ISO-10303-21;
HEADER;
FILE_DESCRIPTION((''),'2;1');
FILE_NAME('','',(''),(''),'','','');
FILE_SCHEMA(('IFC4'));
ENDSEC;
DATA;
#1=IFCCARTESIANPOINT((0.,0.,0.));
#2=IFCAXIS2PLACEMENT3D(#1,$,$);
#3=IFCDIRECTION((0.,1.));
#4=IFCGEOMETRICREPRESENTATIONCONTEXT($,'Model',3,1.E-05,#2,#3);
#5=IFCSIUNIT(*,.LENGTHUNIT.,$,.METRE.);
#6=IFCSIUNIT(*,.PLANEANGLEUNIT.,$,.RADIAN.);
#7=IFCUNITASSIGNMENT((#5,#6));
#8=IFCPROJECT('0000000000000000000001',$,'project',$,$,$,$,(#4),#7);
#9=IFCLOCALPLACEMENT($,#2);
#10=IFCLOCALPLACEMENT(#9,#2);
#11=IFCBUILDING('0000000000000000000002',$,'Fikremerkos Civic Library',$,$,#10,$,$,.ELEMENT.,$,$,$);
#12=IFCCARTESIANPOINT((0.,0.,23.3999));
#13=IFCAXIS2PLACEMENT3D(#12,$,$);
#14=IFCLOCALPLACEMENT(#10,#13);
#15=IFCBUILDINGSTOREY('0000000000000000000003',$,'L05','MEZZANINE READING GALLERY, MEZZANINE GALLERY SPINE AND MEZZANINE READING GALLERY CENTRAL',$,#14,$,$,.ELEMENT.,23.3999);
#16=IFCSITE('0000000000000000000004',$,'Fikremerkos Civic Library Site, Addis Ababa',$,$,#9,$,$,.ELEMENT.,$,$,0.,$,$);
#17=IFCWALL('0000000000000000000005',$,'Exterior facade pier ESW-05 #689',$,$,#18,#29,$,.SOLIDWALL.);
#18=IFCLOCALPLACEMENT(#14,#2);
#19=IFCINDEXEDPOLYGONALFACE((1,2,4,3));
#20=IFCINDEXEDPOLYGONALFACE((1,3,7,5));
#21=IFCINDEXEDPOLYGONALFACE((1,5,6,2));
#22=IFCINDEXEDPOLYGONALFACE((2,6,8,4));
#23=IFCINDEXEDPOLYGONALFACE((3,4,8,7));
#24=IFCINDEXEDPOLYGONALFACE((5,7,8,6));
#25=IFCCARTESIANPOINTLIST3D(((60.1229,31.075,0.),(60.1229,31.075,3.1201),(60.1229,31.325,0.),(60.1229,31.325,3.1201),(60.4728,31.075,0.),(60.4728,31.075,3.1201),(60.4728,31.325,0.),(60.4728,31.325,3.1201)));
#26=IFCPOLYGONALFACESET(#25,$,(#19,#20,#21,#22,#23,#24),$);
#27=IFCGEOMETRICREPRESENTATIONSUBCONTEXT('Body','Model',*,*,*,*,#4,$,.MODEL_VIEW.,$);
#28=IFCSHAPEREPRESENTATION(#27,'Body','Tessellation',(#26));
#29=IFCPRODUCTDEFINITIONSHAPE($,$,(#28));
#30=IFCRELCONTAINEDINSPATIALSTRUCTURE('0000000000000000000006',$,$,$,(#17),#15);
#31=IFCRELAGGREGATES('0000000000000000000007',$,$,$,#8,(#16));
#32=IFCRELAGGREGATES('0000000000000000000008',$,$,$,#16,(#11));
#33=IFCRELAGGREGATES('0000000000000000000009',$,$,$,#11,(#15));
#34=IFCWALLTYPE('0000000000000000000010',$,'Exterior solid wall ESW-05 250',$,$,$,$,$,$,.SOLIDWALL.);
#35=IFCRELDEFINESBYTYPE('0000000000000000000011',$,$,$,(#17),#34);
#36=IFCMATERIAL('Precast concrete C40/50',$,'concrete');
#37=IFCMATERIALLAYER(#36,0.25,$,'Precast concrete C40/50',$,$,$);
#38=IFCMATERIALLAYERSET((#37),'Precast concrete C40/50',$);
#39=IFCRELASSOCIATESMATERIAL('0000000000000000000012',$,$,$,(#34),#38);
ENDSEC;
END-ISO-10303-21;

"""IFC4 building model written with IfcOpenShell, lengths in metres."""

from ifc_helpers import new_model, si_unit, direction, frame, frame_2d, origin, place, context, subcontext, project, spatial, rectangle, extrude, material, layer, layer_set, type_object, element, save


model = new_model("IFC4")

# Units and contexts
model_context = context("Model", 3, precision=1e-05, world=origin(), true_north=direction((0.0, 1.0)))
body_context = subcontext(model_context, "Body", "Model", "MODEL_VIEW")
ifc_project = project(units=[si_unit("LENGTHUNIT", "METRE"), si_unit("PLANEANGLEUNIT", "RADIAN")], contexts=[model_context])

# Site, building, storey
site_placement = place(None, origin())
site = spatial("IfcSite", under=ifc_project, at=site_placement, Name="Fikremerkos Civic Library Site, Addis Ababa", CompositionType="ELEMENT", RefElevation=0.0)
building_placement = place(site_placement, origin())
building = spatial("IfcBuilding", under=site, at=building_placement, Name="Fikremerkos Civic Library", CompositionType="ELEMENT")
storey_placement = place(building_placement, frame((0.0, 0.0, 23.3999)))
storey = spatial("IfcBuildingStorey", under=building, at=storey_placement, Name="L05", Description="MEZZANINE READING GALLERY, MEZZANINE GALLERY SPINE AND MEZZANINE READING GALLERY CENTRAL", CompositionType="ELEMENT", Elevation=23.3999)

# Wall
ifc_material_1 = material(Name="Precast concrete C40/50", Category="concrete")
ifc_layer_1 = layer(ifc_material_1, 0.25, Name="Precast concrete C40/50")
ifc_layer_set_1 = layer_set([ifc_layer_1], Name="Precast concrete C40/50")
wall_type = type_object("IfcWallType", Name="Exterior solid wall ESW-05 250", PredefinedType="SOLIDWALL", material=ifc_layer_set_1)
wall_1_placement = place(storey_placement, frame((60.123, 31.2, 0.0), z_axis=(0.0, 0.0, 1.0), x_axis=(1.0, 0.0, 0.0)))
element("IfcWall", 1, at=wall_1_placement, inside=storey, type_object=wall_type, Name="Exterior facade pier ESW-05 #689", PredefinedType="SOLIDWALL", context=body_context, shape_type="SweptSolid", body=[
    extrude(rectangle(XDim=0.3499, YDim=0.25, at=frame_2d((0.1748, 0.0))), origin(), (0.0, 0.0, 1.0), 3.1201),
])

save(model, "model.ifc")
